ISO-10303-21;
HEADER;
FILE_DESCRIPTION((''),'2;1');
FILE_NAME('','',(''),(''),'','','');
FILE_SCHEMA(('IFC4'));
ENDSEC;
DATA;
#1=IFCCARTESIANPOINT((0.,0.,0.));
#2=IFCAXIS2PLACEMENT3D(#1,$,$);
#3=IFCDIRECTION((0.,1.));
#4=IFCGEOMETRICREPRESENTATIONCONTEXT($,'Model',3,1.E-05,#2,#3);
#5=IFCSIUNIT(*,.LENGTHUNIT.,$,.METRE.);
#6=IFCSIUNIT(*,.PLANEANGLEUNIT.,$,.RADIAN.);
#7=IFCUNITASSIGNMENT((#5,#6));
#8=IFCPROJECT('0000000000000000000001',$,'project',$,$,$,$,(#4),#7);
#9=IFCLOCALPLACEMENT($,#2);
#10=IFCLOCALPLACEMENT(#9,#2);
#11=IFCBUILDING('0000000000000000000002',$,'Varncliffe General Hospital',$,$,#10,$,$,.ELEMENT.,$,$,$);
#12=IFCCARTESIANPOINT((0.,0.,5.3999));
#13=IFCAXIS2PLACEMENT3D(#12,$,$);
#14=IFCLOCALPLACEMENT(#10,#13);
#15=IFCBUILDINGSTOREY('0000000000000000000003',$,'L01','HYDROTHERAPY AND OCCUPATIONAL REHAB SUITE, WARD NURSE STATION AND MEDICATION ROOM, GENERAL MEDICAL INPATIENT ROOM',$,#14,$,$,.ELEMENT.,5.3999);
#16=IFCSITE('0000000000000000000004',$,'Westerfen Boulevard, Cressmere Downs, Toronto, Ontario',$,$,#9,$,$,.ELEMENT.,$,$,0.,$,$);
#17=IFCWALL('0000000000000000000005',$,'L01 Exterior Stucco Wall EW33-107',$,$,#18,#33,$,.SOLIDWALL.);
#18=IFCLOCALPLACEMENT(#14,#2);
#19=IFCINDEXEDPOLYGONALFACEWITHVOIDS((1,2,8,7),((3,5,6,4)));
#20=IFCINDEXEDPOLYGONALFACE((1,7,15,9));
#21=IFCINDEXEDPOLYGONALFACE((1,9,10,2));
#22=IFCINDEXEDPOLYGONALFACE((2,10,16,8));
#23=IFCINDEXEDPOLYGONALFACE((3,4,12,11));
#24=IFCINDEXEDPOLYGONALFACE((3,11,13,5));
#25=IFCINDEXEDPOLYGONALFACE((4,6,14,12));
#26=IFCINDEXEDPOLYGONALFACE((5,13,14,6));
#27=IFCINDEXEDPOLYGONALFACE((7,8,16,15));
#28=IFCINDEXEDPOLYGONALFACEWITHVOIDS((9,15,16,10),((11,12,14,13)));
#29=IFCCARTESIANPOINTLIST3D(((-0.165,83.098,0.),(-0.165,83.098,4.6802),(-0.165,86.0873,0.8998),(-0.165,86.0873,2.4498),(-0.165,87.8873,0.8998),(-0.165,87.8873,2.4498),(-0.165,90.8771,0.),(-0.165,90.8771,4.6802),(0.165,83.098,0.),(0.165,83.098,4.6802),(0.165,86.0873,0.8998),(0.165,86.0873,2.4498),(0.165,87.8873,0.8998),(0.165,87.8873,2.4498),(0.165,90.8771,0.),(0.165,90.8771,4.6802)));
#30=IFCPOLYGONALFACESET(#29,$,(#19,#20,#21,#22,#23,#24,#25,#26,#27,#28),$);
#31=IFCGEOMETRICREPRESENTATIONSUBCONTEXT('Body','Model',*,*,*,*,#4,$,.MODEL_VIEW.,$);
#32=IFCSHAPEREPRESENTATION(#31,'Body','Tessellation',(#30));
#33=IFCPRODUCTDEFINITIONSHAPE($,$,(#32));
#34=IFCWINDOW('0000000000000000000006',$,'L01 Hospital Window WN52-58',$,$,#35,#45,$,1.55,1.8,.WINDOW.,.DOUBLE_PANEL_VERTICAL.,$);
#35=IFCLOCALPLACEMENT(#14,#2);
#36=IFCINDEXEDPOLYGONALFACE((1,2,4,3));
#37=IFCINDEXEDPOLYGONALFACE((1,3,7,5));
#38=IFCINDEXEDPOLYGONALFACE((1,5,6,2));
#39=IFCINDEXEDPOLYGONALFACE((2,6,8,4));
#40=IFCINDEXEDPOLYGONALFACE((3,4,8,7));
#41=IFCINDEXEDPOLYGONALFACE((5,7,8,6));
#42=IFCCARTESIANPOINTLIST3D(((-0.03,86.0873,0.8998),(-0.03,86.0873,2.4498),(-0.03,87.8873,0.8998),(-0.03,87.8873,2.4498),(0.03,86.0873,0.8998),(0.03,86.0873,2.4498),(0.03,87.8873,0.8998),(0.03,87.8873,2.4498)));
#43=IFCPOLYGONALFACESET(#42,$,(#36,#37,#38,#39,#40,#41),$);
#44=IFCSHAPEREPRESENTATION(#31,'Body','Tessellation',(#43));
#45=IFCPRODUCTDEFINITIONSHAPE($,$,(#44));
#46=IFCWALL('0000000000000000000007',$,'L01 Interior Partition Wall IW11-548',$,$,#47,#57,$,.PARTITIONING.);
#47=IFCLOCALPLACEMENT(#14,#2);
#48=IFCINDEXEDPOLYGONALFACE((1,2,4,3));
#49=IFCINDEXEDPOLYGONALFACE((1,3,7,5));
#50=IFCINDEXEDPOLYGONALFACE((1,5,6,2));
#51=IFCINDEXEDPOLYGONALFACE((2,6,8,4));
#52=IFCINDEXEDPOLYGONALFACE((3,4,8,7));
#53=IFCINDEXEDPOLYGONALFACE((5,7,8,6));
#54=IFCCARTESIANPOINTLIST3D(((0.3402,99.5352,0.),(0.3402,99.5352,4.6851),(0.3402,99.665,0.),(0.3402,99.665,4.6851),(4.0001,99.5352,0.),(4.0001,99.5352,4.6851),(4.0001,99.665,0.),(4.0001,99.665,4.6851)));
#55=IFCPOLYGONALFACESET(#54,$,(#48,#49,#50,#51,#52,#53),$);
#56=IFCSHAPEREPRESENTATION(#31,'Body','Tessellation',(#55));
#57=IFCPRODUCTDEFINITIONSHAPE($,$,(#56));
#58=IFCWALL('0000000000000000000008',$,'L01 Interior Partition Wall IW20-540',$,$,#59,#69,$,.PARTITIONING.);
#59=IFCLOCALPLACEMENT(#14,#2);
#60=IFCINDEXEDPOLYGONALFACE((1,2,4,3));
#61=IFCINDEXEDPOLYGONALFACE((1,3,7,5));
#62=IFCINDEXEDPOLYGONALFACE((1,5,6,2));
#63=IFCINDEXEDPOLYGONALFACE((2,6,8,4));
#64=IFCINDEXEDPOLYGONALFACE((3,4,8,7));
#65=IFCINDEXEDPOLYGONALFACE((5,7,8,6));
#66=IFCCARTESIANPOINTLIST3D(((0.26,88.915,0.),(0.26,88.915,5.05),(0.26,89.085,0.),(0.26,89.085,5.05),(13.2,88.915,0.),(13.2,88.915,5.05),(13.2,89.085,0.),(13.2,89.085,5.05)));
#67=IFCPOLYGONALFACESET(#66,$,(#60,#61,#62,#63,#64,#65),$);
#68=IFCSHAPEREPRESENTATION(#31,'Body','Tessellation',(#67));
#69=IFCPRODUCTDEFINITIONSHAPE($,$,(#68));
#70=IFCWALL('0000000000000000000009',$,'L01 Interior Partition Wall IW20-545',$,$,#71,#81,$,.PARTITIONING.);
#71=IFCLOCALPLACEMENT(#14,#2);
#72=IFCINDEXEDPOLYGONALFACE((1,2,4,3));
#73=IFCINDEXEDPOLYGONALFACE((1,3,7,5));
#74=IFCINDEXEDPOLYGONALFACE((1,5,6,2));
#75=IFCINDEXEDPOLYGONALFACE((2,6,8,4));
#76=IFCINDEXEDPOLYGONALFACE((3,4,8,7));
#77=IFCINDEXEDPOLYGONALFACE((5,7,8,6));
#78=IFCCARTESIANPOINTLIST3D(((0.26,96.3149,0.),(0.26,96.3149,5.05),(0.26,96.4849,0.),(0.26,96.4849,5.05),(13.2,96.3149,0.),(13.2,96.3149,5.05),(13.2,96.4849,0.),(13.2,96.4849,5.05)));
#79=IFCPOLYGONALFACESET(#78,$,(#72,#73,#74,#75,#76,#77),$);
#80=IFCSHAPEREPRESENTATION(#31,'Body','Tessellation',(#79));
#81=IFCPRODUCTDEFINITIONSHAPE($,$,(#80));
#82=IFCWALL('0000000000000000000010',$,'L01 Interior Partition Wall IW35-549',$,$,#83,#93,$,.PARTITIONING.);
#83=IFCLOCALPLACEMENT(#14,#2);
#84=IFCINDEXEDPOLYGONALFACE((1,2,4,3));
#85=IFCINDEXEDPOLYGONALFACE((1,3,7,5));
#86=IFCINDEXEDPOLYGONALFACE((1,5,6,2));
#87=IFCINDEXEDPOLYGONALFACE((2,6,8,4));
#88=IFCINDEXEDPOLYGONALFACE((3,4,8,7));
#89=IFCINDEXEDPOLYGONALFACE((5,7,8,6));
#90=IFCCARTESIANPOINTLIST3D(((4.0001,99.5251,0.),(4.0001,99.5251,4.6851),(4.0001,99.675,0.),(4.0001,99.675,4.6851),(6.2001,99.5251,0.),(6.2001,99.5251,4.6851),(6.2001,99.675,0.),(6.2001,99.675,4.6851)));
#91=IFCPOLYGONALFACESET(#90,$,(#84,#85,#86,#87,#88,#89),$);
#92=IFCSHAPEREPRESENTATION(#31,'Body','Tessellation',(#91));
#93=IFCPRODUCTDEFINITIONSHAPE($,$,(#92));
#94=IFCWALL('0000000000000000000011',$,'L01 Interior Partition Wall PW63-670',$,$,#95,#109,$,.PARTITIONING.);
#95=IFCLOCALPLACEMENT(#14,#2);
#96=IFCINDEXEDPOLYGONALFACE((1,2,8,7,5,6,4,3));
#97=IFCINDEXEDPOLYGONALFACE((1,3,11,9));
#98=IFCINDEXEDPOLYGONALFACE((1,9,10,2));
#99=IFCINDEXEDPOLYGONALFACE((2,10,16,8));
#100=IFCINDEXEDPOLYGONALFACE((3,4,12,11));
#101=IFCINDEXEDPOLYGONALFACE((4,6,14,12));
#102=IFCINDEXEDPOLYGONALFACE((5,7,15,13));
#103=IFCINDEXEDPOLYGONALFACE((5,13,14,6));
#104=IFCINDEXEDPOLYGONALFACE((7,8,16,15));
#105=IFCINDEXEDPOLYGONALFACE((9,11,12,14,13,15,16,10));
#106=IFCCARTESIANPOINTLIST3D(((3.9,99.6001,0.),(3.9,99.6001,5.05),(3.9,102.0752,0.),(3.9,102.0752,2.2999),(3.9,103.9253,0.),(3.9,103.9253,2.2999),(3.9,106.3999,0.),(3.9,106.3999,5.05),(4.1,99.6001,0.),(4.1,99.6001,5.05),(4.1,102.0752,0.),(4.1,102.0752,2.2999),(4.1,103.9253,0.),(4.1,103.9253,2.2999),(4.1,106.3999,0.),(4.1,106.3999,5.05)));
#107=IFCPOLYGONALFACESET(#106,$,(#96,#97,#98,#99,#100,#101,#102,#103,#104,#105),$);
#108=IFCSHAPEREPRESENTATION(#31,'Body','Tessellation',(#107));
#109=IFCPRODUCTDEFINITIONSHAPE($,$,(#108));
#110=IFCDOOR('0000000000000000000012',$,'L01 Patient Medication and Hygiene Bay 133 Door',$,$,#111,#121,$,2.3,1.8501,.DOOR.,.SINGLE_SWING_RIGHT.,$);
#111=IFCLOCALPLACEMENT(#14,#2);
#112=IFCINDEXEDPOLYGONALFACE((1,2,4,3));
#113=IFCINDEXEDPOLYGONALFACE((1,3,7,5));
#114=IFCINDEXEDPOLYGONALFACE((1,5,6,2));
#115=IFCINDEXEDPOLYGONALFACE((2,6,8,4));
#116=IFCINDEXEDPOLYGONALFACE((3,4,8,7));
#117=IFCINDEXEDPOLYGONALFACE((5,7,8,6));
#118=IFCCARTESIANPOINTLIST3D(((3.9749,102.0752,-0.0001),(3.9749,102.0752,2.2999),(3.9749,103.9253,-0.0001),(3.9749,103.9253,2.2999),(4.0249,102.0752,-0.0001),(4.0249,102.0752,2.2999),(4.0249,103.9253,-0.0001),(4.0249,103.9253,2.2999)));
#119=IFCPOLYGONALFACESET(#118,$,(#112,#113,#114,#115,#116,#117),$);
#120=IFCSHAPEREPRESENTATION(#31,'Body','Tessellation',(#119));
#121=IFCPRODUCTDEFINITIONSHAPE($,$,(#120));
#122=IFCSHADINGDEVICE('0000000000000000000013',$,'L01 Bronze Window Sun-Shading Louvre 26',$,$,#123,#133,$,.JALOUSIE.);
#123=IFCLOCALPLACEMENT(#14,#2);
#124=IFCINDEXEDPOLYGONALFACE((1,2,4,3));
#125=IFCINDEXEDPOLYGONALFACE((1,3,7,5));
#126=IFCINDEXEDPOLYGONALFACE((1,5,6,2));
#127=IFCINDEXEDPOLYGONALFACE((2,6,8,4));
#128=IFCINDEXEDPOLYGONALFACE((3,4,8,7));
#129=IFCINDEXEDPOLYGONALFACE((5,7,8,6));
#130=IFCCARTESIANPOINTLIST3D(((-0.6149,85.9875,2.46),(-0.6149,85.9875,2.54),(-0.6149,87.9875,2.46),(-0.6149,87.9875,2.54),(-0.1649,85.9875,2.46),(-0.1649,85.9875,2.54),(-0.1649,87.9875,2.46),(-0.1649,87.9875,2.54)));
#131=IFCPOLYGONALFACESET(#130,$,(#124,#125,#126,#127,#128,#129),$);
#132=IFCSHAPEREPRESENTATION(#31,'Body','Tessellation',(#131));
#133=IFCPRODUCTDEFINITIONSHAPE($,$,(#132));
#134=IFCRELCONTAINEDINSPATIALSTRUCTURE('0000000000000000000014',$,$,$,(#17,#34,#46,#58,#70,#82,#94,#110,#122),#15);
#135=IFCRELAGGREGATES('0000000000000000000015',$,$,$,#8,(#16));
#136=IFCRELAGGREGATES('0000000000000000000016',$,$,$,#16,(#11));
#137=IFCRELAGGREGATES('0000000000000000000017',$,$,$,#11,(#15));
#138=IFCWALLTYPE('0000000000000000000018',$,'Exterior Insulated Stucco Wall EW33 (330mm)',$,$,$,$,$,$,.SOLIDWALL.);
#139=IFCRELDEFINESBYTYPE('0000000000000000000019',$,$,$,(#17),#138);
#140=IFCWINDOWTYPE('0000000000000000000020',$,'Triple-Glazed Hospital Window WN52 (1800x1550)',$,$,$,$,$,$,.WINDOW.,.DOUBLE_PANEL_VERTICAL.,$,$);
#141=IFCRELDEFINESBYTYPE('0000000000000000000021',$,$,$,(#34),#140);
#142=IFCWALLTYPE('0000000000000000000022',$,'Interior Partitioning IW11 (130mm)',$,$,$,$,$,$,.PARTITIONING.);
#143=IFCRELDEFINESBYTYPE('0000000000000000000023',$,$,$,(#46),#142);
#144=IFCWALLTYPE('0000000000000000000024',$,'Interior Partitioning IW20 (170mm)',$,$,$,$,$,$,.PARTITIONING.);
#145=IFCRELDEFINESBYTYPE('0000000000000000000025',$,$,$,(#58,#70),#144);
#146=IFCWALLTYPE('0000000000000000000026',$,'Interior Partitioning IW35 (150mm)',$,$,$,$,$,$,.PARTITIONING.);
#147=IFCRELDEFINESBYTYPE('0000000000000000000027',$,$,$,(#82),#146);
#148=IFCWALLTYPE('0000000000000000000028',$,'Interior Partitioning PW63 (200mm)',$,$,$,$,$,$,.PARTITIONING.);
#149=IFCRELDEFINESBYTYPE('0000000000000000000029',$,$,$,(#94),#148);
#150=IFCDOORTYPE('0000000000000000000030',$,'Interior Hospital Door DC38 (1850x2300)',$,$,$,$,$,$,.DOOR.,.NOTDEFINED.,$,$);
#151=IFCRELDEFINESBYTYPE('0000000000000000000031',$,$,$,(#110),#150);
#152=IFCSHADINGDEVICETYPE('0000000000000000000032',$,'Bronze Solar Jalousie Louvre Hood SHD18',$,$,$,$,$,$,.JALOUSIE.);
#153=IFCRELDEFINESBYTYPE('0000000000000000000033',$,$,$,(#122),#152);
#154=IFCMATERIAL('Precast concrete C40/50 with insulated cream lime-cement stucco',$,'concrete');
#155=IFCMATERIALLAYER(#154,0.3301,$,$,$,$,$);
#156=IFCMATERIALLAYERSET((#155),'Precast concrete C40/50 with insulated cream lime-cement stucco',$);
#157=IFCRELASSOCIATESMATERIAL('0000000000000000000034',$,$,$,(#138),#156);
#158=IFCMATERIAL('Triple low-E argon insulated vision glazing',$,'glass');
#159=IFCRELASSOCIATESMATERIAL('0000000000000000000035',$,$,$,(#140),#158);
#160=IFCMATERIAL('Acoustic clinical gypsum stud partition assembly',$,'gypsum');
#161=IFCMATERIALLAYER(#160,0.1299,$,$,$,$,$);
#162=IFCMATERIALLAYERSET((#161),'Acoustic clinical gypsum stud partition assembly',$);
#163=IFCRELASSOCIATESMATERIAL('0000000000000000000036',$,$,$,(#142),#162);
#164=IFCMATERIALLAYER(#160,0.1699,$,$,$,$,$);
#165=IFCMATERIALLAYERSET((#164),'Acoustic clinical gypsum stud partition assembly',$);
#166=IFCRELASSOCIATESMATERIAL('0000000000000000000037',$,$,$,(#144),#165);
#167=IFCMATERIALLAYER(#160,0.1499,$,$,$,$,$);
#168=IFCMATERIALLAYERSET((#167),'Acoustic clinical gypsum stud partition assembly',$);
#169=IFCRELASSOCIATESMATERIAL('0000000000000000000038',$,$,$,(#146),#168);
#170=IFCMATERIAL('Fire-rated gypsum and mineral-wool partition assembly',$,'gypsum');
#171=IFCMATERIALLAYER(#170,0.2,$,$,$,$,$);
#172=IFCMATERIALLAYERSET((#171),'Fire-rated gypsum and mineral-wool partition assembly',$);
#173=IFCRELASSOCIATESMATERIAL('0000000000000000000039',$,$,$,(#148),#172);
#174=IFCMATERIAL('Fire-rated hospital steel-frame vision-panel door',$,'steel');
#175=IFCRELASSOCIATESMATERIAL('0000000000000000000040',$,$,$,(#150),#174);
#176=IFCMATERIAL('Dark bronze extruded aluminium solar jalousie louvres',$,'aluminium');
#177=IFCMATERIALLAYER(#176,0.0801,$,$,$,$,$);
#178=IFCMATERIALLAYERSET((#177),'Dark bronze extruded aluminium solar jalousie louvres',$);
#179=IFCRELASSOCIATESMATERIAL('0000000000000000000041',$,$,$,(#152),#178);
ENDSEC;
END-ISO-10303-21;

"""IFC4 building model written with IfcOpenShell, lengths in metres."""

from ifc_helpers import new_model, si_unit, direction, frame, frame_2d, origin, origin_2d, place, context, subcontext, project, spatial, rectangle, extrude, material, layer, layer_set, type_object, element, fill, save


model = new_model("IFC4")

# Units and contexts
model_context = context("Model", 3, precision=1e-05, world=origin(), true_north=direction((0.0, 1.0)))
body_context = subcontext(model_context, "Body", "Model", "MODEL_VIEW")
ifc_project = project(units=[si_unit("LENGTHUNIT", "METRE"), si_unit("PLANEANGLEUNIT", "RADIAN")], contexts=[model_context])

# Site, building, storey
site_placement = place(None, origin())
site = spatial("IfcSite", under=ifc_project, at=site_placement, Name="Westerfen Boulevard, Cressmere Downs, Toronto, Ontario", CompositionType="ELEMENT", RefElevation=0.0)
building_placement = place(site_placement, origin())
building = spatial("IfcBuilding", under=site, at=building_placement, Name="Varncliffe General Hospital", CompositionType="ELEMENT")
storey_placement = place(building_placement, frame((0.0, 0.0, 5.3999)))
storey = spatial("IfcBuildingStorey", under=building, at=storey_placement, Name="L01", Description="HYDROTHERAPY AND OCCUPATIONAL REHAB SUITE, WARD NURSE STATION AND MEDICATION ROOM, GENERAL MEDICAL INPATIENT ROOM", CompositionType="ELEMENT", Elevation=5.3999)

# Wall, opening, window
ifc_material_1 = material(Name="Precast concrete C40/50 with insulated cream lime-cement stucco", Category="concrete")
ifc_material_2 = material(Name="Triple low-E argon insulated vision glazing", Category="glass")
ifc_layer_1 = layer(ifc_material_1, 0.3301)
ifc_layer_set_1 = layer_set([ifc_layer_1], Name="Precast concrete C40/50 with insulated cream lime-cement stucco")
wall_type_1 = type_object("IfcWallType", Name="Exterior Insulated Stucco Wall EW33 (330mm)", PredefinedType="SOLIDWALL", material=ifc_layer_set_1)
wall_1_placement = place(storey_placement, frame((0.0, 83.0979, 0.0), z_axis=(0.0, 0.0, 1.0), x_axis=(0.0, 1.0, 0.0)))
wall_1 = element("IfcWall", 1, at=wall_1_placement, inside=storey, type_object=wall_type_1, Name="L01 Exterior Stucco Wall EW33-107", PredefinedType="SOLIDWALL", context=body_context, shape_type="SweptSolid", body=[
    extrude(rectangle(XDim=7.7791, YDim=0.3301, at=frame_2d((3.8896, 0.0))), origin(), (0.0, 0.0, 1.0), 4.6802),
])
opening_1_placement = place(wall_1_placement, frame((2.9895, 0.0, 0.8999)))
opening_1 = element("IfcOpeningElement", 2, at=opening_1_placement, cuts=wall_1, PredefinedType="OPENING", context=body_context, shape_type="SweptSolid", body=[
    extrude(rectangle(XDim=1.8, YDim=1.55, at=frame_2d((0.8999, 0.7749))), frame((0.0, 0.175, 0.0), z_axis=(0.0, -1.0, 0.0), x_axis=(1.0, 0.0, 0.0)), (0.0, 0.0, 1.0), 0.3501),
])
window_type_1 = type_object("IfcWindowType", Name="Triple-Glazed Hospital Window WN52 (1800x1550)", PartitioningType="DOUBLE_PANEL_VERTICAL", PredefinedType="WINDOW", material=ifc_material_2)
window_1_placement = place(opening_1_placement, origin())
window_1 = element("IfcWindow", 3, at=window_1_placement, inside=storey, type_object=window_type_1, Name="L01 Hospital Window WN52-58", OverallHeight=1.55, OverallWidth=1.8, PartitioningType="DOUBLE_PANEL_VERTICAL", PredefinedType="WINDOW", context=body_context, shape_type="SweptSolid", body=[
    extrude(rectangle(XDim=1.8, YDim=1.55, at=frame_2d((0.8999, 0.7749))), frame((0.0, 0.03, 0.0), z_axis=(0.0, -1.0, 0.0), x_axis=(1.0, 0.0, 0.0)), (0.0, 0.0, 1.0), 0.0601),
])
fill(opening_1, window_1)

# Walls
ifc_material_3 = material(Name="Acoustic clinical gypsum stud partition assembly", Category="gypsum")
ifc_layer_2 = layer(ifc_material_3, 0.1299)
ifc_layer_set_2 = layer_set([ifc_layer_2], Name="Acoustic clinical gypsum stud partition assembly")
wall_type_2 = type_object("IfcWallType", Name="Interior Partitioning IW11 (130mm)", PredefinedType="PARTITIONING", material=ifc_layer_set_2)
wall_2_placement = place(storey_placement, frame((0.3401, 99.6001, 0.0), z_axis=(0.0, 0.0, 1.0), x_axis=(1.0, 0.0, 0.0)))
element("IfcWall", 4, at=wall_2_placement, inside=storey, type_object=wall_type_2, Name="L01 Interior Partition Wall IW11-548", PredefinedType="PARTITIONING", context=body_context, shape_type="SweptSolid", body=[
    extrude(rectangle(XDim=3.6599, YDim=0.1299, at=frame_2d((1.8301, 0.0))), origin(), (0.0, 0.0, 1.0), 4.6851),
])
ifc_layer_3 = layer(ifc_material_3, 0.1699)
ifc_layer_set_3 = layer_set([ifc_layer_3], Name="Acoustic clinical gypsum stud partition assembly")
wall_type_3 = type_object("IfcWallType", Name="Interior Partitioning IW20 (170mm)", PredefinedType="PARTITIONING", material=ifc_layer_set_3)
for number, where, z_axis, x_axis, name in (
    (5, (0.26, 89.0, 0.0), (0.0, 0.0, 1.0), (1.0, 0.0, 0.0), "L01 Interior Partition Wall IW20-540"),
    (6, (0.26, 96.3999, 0.0), (0.0, 0.0, 1.0), (1.0, 0.0, 0.0), "L01 Interior Partition Wall IW20-545"),
):
    element("IfcWall", number, at=place(storey_placement, frame(where, z_axis=z_axis, x_axis=x_axis)), inside=storey, type_object=wall_type_3, Name=name, PredefinedType="PARTITIONING", context=body_context, shape_type="SweptSolid", body=[
        extrude(rectangle(XDim=12.9399, YDim=0.1699, at=frame_2d((6.47, 0.0))), origin(), (0.0, 0.0, 1.0), 5.05),
    ])
ifc_layer_4 = layer(ifc_material_3, 0.1499)
ifc_layer_set_4 = layer_set([ifc_layer_4], Name="Acoustic clinical gypsum stud partition assembly")
wall_type_4 = type_object("IfcWallType", Name="Interior Partitioning IW35 (150mm)", PredefinedType="PARTITIONING", material=ifc_layer_set_4)
wall_3_placement = place(storey_placement, frame((4.0, 99.6001, 0.0), z_axis=(0.0, 0.0, 1.0), x_axis=(1.0, 0.0, 0.0)))
element("IfcWall", 7, at=wall_3_placement, inside=storey, type_object=wall_type_4, Name="L01 Interior Partition Wall IW35-549", PredefinedType="PARTITIONING", context=body_context, shape_type="SweptSolid", body=[
    extrude(rectangle(XDim=2.2, YDim=0.1499, at=frame_2d((1.1001, 0.0))), origin(), (0.0, 0.0, 1.0), 4.6851),
])

# Wall, opening, door
ifc_material_4 = material(Name="Fire-rated gypsum and mineral-wool partition assembly", Category="gypsum")
ifc_layer_5 = layer(ifc_material_4, 0.2)
ifc_layer_set_5 = layer_set([ifc_layer_5], Name="Fire-rated gypsum and mineral-wool partition assembly")
wall_type_5 = type_object("IfcWallType", Name="Interior Partitioning PW63 (200mm)", PredefinedType="PARTITIONING", material=ifc_layer_set_5)
wall_4_placement = place(storey_placement, frame((4.0, 99.6001, 0.0), z_axis=(0.0, 0.0, 1.0), x_axis=(0.0, 1.0, 0.0)))
wall_4 = element("IfcWall", 8, at=wall_4_placement, inside=storey, type_object=wall_type_5, Name="L01 Interior Partition Wall PW63-670", PredefinedType="PARTITIONING", context=body_context, shape_type="SweptSolid", body=[
    extrude(rectangle(XDim=6.7998, YDim=0.2, at=frame_2d((3.3999, 0.0))), origin(), (0.0, 0.0, 1.0), 5.05),
])
opening_2_placement = place(wall_4_placement, frame((2.4751, 0.0, 0.0)))
opening_2 = element("IfcOpeningElement", 9, at=opening_2_placement, cuts=wall_4, PredefinedType="OPENING", context=body_context, shape_type="SweptSolid", body=[
    extrude(rectangle(XDim=1.8501, YDim=2.3, at=frame_2d((0.925, 1.1499))), frame((0.0, 0.1099, 0.0), z_axis=(0.0, -1.0, 0.0), x_axis=(1.0, 0.0, 0.0)), (0.0, 0.0, 1.0), 0.22),
])
ifc_material_5 = material(Name="Fire-rated hospital steel-frame vision-panel door", Category="steel")
door_type = type_object("IfcDoorType", Name="Interior Hospital Door DC38 (1850x2300)", OperationType="NOTDEFINED", PredefinedType="DOOR", material=ifc_material_5)
door_placement = place(opening_2_placement, frame((1.8501, 0.0, 0.0), z_axis=(0.0, 0.0, 1.0), x_axis=(-1.0, 0.0, 0.0)))
door = element("IfcDoor", 10, at=door_placement, inside=storey, type_object=door_type, Name="L01 Patient Medication and Hygiene Bay 133 Door", OperationType="SINGLE_SWING_RIGHT", OverallHeight=2.3, OverallWidth=1.8501, PredefinedType="DOOR", context=body_context, shape_type="SweptSolid", body=[
    extrude(rectangle(XDim=1.8501, YDim=2.3, at=frame_2d((0.925, 1.1499))), frame((0.0, 0.0249, 0.0), z_axis=(0.0, -1.0, 0.0), x_axis=(1.0, 0.0, 0.0)), (0.0, 0.0, 1.0), 0.05),
])
fill(opening_2, door)

# Shading device
ifc_material_6 = material(Name="Dark bronze extruded aluminium solar jalousie louvres", Category="aluminium")
ifc_layer_6 = layer(ifc_material_6, 0.0801)
ifc_layer_set_6 = layer_set([ifc_layer_6], Name="Dark bronze extruded aluminium solar jalousie louvres")
shading_device_type = type_object("IfcShadingDeviceType", Name="Bronze Solar Jalousie Louvre Hood SHD18", PredefinedType="JALOUSIE", material=ifc_layer_set_6)
shading_device_placement = place(storey_placement, frame((-0.3899, 86.9875, 2.46), z_axis=(0.0, 0.0, 1.0), x_axis=(0.0, 1.0, 0.0)))
element("IfcShadingDevice", 11, at=shading_device_placement, inside=storey, type_object=shading_device_type, Name="L01 Bronze Window Sun-Shading Louvre 26", PredefinedType="JALOUSIE", context=body_context, shape_type="SweptSolid", body=[
    extrude(rectangle(XDim=2.0, YDim=0.45, at=origin_2d()), origin(), (0.0, 0.0, 1.0), 0.0801),
])

save(model, "model.ifc")
